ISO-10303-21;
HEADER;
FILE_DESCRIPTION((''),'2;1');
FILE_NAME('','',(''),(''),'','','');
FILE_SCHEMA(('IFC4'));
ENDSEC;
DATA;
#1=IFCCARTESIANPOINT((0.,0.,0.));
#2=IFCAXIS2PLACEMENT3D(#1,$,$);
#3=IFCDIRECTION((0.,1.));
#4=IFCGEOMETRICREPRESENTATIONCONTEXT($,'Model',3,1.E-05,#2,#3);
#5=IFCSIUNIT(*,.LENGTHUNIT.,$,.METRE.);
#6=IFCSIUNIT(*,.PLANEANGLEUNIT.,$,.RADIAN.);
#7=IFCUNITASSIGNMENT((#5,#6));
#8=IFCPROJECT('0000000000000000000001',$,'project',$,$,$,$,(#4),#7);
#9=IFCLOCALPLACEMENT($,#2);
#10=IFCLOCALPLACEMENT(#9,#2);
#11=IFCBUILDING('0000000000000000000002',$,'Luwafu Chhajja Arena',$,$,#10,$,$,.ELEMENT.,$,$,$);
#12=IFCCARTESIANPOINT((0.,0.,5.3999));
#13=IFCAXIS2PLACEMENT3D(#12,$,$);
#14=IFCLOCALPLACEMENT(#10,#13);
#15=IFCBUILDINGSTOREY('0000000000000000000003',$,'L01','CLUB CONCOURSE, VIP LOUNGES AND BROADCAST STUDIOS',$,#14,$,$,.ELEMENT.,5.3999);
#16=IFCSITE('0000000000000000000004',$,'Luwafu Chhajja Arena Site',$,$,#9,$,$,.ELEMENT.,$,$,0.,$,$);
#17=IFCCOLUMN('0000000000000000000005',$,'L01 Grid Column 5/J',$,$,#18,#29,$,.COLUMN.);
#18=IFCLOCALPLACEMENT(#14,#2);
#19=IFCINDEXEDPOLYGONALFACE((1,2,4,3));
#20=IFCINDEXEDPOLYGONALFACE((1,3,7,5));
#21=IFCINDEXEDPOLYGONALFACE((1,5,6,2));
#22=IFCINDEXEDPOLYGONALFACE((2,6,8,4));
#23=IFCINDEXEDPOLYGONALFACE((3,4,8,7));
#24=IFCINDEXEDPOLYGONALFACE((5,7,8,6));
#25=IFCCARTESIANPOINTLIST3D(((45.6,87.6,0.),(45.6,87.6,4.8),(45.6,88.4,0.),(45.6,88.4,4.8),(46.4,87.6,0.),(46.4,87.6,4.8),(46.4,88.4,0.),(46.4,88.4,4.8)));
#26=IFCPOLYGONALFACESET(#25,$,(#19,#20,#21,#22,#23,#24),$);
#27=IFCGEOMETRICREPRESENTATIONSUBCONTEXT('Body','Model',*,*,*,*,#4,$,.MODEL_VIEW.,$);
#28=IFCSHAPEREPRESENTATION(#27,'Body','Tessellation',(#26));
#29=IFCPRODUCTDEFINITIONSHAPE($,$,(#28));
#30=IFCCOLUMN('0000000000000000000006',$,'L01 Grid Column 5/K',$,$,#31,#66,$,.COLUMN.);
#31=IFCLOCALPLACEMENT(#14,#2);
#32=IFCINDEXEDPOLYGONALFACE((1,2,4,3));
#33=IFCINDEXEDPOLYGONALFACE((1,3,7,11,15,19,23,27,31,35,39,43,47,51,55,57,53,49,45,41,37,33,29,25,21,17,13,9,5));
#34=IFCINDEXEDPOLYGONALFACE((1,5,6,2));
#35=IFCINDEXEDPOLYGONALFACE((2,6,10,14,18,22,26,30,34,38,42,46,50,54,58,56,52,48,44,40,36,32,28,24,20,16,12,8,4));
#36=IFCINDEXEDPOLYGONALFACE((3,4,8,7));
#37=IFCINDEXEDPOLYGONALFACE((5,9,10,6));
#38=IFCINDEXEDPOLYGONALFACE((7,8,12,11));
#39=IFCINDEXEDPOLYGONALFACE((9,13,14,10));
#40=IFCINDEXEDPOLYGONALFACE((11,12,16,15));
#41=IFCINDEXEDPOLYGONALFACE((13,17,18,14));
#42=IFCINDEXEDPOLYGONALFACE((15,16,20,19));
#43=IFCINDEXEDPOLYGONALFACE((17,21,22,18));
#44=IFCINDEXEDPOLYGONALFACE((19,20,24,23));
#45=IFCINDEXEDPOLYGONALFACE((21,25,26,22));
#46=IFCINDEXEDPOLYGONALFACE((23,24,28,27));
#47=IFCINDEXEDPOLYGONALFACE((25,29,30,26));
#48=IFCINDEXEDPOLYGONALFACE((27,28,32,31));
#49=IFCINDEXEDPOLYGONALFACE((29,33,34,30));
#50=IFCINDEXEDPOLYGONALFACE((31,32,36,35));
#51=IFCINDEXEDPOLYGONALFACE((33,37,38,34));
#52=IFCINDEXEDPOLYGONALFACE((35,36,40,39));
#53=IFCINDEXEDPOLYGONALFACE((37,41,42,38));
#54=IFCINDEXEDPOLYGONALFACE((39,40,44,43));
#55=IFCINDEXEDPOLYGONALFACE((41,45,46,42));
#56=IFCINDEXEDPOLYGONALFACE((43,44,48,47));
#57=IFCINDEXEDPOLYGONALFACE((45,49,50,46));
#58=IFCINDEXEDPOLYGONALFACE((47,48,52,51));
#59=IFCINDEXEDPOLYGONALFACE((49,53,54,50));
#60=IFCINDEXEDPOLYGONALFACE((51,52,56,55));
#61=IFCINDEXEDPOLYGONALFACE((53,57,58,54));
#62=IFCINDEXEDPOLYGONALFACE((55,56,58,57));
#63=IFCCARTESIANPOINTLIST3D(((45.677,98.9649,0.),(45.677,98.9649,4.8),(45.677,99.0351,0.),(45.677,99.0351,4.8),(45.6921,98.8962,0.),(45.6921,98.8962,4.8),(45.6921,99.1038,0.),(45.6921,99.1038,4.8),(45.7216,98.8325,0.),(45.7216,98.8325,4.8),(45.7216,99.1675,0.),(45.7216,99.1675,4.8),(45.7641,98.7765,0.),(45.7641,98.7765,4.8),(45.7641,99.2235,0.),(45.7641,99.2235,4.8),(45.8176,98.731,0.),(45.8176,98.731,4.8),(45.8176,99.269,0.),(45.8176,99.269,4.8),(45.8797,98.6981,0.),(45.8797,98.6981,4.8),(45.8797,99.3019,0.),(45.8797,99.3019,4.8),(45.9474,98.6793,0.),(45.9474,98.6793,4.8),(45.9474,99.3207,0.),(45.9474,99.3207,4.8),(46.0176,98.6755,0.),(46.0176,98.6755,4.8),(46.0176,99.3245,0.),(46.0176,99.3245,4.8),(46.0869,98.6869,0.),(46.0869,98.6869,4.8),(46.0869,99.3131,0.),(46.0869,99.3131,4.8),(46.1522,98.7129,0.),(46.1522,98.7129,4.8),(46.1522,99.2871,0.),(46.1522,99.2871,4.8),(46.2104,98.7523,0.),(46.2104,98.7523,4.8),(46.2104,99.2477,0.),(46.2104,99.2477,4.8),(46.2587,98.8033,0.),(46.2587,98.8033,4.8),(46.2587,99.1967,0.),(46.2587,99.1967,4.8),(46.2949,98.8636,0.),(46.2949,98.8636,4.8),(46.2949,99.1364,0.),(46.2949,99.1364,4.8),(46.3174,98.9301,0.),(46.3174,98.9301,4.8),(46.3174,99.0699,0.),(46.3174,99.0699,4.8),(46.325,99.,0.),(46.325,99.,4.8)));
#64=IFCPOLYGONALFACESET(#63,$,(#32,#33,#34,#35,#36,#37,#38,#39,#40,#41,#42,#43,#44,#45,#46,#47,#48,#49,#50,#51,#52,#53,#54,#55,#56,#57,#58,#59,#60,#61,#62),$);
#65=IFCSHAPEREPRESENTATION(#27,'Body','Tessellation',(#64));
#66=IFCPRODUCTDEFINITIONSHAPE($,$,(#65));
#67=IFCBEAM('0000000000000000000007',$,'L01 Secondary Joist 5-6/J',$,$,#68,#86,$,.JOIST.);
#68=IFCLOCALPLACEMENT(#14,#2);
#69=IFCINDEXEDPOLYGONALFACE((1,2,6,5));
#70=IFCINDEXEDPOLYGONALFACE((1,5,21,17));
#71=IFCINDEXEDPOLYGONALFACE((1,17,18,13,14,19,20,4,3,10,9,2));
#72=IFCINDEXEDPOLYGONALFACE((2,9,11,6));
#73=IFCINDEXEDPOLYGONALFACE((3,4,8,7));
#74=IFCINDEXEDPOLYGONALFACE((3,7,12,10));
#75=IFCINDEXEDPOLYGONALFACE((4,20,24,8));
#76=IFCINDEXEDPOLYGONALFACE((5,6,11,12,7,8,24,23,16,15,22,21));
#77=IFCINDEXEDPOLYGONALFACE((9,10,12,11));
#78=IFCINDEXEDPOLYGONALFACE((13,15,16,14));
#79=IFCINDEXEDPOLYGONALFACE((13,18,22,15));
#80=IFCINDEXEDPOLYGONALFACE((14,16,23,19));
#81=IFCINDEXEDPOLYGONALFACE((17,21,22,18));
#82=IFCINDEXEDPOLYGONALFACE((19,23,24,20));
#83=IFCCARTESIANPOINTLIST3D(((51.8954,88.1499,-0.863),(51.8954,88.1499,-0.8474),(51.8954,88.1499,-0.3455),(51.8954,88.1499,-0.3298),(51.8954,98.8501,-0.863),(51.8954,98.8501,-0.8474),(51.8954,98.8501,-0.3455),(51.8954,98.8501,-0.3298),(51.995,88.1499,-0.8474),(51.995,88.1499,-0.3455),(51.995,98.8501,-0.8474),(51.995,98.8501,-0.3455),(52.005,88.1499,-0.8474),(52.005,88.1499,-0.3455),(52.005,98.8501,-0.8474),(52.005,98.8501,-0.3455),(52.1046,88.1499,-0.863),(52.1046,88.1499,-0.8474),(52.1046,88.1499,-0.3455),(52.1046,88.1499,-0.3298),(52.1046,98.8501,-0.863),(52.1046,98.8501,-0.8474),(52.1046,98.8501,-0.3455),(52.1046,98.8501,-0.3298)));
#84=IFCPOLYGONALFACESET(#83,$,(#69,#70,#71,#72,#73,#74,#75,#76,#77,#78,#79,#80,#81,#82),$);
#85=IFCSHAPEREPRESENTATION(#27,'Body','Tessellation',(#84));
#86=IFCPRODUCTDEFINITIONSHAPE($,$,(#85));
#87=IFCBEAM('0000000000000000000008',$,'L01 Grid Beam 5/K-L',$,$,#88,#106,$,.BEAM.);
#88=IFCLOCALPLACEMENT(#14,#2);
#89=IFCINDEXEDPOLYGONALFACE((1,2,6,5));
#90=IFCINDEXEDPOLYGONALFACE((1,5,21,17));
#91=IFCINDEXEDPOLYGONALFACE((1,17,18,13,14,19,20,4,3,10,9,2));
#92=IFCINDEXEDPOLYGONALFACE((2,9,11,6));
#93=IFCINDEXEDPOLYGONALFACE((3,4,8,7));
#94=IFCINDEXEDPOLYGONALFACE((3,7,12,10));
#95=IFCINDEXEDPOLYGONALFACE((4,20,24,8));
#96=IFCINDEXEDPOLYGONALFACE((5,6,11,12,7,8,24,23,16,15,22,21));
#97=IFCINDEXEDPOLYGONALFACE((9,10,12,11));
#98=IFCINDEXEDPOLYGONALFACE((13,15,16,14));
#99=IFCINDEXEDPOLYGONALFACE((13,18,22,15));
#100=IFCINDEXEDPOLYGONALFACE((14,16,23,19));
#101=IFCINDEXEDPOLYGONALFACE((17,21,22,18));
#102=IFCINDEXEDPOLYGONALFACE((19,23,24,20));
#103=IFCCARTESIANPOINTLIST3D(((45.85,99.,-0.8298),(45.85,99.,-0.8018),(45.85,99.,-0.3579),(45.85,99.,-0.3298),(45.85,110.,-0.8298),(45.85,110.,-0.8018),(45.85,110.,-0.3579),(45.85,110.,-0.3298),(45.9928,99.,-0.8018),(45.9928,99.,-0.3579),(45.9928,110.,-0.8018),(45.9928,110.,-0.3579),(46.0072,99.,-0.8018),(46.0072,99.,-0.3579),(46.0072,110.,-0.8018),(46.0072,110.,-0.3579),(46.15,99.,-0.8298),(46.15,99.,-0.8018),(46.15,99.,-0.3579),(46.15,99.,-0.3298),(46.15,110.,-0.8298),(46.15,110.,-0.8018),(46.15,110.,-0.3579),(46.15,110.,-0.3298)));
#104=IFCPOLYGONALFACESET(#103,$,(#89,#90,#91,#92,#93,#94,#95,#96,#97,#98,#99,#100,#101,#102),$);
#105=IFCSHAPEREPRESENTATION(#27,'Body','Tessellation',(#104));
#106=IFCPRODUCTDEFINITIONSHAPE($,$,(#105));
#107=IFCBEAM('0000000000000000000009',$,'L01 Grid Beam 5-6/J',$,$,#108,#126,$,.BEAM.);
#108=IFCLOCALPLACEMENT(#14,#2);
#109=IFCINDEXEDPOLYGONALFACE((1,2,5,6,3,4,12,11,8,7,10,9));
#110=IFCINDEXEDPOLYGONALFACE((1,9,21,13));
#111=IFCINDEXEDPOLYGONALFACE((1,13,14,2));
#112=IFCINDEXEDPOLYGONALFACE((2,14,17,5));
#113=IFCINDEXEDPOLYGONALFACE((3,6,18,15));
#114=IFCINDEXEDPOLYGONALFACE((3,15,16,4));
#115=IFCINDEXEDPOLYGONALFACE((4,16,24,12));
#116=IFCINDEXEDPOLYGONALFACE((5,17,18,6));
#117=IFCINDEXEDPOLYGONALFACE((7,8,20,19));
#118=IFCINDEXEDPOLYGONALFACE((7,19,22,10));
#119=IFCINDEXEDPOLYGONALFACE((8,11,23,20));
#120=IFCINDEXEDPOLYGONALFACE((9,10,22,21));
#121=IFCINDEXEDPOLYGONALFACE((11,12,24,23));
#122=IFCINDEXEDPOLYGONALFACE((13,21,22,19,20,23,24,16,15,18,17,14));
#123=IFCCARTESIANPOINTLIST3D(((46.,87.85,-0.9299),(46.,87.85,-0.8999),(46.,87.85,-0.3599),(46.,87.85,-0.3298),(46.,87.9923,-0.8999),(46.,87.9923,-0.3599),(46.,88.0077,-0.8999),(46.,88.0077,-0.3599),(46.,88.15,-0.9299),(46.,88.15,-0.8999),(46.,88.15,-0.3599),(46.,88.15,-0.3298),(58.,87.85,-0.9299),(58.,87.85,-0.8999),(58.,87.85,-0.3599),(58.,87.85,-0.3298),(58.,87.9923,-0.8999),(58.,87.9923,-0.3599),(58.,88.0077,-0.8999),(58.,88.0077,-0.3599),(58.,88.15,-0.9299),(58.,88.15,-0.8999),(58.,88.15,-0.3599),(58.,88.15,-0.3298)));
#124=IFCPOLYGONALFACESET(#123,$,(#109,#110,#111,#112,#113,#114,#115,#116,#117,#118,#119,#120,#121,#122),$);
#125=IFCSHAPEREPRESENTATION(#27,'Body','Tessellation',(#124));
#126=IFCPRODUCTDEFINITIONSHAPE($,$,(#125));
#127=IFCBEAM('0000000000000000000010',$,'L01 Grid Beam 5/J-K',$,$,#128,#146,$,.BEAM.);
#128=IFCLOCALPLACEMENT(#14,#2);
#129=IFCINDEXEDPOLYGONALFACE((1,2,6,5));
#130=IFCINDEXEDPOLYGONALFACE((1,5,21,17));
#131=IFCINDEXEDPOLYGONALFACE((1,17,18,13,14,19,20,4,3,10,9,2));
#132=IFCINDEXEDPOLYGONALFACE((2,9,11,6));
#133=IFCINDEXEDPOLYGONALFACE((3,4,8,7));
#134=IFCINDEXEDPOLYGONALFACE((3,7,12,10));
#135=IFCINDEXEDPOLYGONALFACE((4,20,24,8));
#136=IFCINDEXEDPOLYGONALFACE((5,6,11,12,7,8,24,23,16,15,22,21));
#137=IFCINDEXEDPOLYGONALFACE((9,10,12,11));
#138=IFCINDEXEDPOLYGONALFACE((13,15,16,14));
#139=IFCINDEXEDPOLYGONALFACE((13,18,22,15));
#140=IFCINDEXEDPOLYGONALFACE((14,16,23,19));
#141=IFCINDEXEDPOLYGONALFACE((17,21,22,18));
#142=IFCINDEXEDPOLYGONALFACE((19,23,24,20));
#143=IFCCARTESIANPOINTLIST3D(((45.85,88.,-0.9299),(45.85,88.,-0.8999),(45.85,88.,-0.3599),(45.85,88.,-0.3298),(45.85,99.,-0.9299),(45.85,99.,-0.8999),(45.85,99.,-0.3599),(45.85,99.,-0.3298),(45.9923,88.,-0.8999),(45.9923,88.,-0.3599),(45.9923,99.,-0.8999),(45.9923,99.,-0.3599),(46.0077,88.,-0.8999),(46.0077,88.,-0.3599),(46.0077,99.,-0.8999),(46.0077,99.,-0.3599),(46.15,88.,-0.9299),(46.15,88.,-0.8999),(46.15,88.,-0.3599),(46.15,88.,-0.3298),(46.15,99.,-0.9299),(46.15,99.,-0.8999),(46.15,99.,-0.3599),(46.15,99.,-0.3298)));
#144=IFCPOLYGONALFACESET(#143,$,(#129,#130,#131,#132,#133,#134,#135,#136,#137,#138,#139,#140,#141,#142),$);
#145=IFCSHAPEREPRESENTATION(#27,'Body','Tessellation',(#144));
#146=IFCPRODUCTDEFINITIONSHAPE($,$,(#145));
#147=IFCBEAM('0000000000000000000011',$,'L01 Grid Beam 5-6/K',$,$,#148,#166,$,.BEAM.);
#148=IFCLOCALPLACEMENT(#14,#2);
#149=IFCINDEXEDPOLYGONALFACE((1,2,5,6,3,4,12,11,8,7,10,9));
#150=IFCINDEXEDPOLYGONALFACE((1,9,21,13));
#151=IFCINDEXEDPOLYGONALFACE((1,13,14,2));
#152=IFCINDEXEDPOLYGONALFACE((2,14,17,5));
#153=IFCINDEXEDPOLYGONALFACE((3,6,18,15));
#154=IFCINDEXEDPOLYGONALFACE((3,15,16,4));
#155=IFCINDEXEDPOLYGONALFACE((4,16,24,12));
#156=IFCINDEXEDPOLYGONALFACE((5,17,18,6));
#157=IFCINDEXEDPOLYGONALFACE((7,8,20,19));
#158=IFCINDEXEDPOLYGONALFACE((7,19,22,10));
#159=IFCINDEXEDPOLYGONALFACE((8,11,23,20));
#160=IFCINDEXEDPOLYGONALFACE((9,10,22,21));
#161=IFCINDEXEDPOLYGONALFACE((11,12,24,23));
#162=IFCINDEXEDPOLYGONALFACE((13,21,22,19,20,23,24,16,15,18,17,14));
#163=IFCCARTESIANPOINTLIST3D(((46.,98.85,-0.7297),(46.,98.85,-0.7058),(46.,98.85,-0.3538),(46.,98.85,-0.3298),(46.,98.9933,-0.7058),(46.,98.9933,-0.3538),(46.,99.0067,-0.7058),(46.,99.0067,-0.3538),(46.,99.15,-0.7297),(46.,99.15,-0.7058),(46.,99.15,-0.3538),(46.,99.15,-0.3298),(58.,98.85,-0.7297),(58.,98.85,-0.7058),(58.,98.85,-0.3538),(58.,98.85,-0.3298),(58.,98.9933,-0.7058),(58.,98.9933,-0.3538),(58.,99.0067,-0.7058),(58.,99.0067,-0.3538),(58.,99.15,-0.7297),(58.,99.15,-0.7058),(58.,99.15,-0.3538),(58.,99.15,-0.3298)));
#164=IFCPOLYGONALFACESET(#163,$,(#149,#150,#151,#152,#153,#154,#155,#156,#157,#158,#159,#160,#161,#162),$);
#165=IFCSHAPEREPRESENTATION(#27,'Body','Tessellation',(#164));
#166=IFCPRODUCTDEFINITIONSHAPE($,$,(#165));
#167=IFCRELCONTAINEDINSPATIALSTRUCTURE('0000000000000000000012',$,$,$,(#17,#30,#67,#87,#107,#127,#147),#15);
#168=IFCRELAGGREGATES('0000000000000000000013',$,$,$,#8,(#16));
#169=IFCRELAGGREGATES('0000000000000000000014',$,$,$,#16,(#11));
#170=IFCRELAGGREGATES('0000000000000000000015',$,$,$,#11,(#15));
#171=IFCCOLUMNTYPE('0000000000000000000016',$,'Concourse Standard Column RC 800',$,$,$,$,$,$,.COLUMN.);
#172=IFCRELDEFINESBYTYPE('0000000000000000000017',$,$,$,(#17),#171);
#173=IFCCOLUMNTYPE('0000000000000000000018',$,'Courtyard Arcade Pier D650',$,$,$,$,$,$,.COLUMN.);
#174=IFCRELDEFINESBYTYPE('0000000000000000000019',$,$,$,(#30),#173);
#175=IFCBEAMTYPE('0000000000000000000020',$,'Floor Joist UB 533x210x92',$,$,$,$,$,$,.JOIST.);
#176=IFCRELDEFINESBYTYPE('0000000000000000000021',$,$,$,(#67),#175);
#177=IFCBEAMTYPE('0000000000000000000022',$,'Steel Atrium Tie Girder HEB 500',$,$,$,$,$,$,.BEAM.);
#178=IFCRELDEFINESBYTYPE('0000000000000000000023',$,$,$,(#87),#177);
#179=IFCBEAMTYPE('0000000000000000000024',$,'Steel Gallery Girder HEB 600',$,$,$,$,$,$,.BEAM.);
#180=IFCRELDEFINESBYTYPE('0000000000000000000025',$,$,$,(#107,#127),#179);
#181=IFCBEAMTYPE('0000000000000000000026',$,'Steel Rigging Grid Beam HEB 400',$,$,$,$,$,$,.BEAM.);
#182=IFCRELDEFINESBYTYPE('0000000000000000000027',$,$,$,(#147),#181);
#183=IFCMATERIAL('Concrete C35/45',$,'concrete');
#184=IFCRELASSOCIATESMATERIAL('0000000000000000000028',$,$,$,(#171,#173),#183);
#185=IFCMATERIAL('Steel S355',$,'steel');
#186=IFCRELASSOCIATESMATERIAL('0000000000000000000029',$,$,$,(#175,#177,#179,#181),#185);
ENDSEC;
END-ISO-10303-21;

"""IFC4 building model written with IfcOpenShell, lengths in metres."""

from ifc_helpers import new_model, si_unit, direction, frame, origin, origin_2d, place, context, subcontext, project, spatial, rectangle, circle, i_section, extrude, material, material_profile, profile_set, type_object, element, save


model = new_model("IFC4")

# Units and contexts
model_context = context("Model", 3, precision=1e-05, world=origin(), true_north=direction((0.0, 1.0)))
body_context = subcontext(model_context, "Body", "Model", "MODEL_VIEW")
ifc_project = project(units=[si_unit("LENGTHUNIT", "METRE"), si_unit("PLANEANGLEUNIT", "RADIAN")], contexts=[model_context])

# Site, building, storey
site_placement = place(None, origin())
site = spatial("IfcSite", under=ifc_project, at=site_placement, Name="Luwafu Chhajja Arena Site", CompositionType="ELEMENT", RefElevation=0.0)
building_placement = place(site_placement, origin())
building = spatial("IfcBuilding", under=site, at=building_placement, Name="Luwafu Chhajja Arena", CompositionType="ELEMENT")
storey_placement = place(building_placement, frame((0.0, 0.0, 5.3999)))
storey = spatial("IfcBuildingStorey", under=building, at=storey_placement, Name="L01", Description="CLUB CONCOURSE, VIP LOUNGES AND BROADCAST STUDIOS", CompositionType="ELEMENT", Elevation=5.3999)

# Columns
ifc_material_1 = material(Name="Concrete C35/45", Category="concrete")
ifc_material_profile_1 = material_profile(ifc_material_1, rectangle(XDim=0.8, YDim=0.8, at=origin_2d()), Name="RC 800x800")
ifc_profile_set_1 = profile_set([ifc_material_profile_1], Name="Concrete C35/45")
column_type_1 = type_object("IfcColumnType", Name="Concourse Standard Column RC 800", PredefinedType="COLUMN", material=ifc_profile_set_1)
column_1_placement = place(storey_placement, frame((46.0, 88.0, 0.0), z_axis=(0.0, 0.0, 1.0), x_axis=(1.0, 0.0, 0.0)))
element("IfcColumn", 1, at=column_1_placement, inside=storey, type_object=column_type_1, Name="L01 Grid Column 5/J", PredefinedType="COLUMN", context=body_context, shape_type="SweptSolid", body=[
    extrude(rectangle(XDim=0.8, YDim=0.8, at=origin_2d()), origin(), (0.0, 0.0, 1.0), 4.8),
])
ifc_material_profile_2 = material_profile(ifc_material_1, circle(Radius=0.325, at=origin_2d()), Name="RC COL D650")
ifc_profile_set_2 = profile_set([ifc_material_profile_2], Name="Concrete C35/45")
column_type_2 = type_object("IfcColumnType", Name="Courtyard Arcade Pier D650", PredefinedType="COLUMN", material=ifc_profile_set_2)
column_2_placement = place(storey_placement, frame((46.0, 99.0, 0.0), z_axis=(0.0, 0.0, 1.0), x_axis=(1.0, 0.0, 0.0)))
element("IfcColumn", 2, at=column_2_placement, inside=storey, type_object=column_type_2, Name="L01 Grid Column 5/K", PredefinedType="COLUMN", context=body_context, shape_type="SweptSolid", body=[
    extrude(circle(Radius=0.325, at=origin_2d()), origin(), (0.0, 0.0, 1.0), 4.8),
])

# Beams
ifc_material_2 = material(Name="Steel S355", Category="steel")
ifc_material_profile_3 = material_profile(ifc_material_2, i_section(OverallWidth=0.2092, OverallDepth=0.5332, WebThickness=0.01, FlangeThickness=0.0156, at=origin_2d()), Name="UB 533x210x92")
ifc_profile_set_3 = profile_set([ifc_material_profile_3], Name="Steel S355")
beam_type_1 = type_object("IfcBeamType", Name="Floor Joist UB 533x210x92", PredefinedType="JOIST", material=ifc_profile_set_3)
beam_1_placement = place(storey_placement, frame((52.0, 88.1499, -0.5964), z_axis=(0.0, 1.0, 0.0), x_axis=(-1.0, 0.0, 0.0)))
element("IfcBeam", 3, at=beam_1_placement, inside=storey, type_object=beam_type_1, Name="L01 Secondary Joist 5-6/J", PredefinedType="JOIST", context=body_context, shape_type="SweptSolid", body=[
    extrude(i_section(OverallWidth=0.2092, OverallDepth=0.5332, WebThickness=0.01, FlangeThickness=0.0156, at=origin_2d()), origin(), (0.0, 0.0, 1.0), 10.7002),
])
ifc_material_profile_4 = material_profile(ifc_material_2, i_section(OverallWidth=0.3, OverallDepth=0.5, WebThickness=0.0144, FlangeThickness=0.0281, at=origin_2d()), Name="HEB 500")
ifc_profile_set_4 = profile_set([ifc_material_profile_4], Name="Steel S355")
beam_type_2 = type_object("IfcBeamType", Name="Steel Atrium Tie Girder HEB 500", PredefinedType="BEAM", material=ifc_profile_set_4)
beam_2_placement = place(storey_placement, frame((46.0, 99.0, -0.5798), z_axis=(0.0, 1.0, 0.0), x_axis=(-1.0, 0.0, 0.0)))
element("IfcBeam", 4, at=beam_2_placement, inside=storey, type_object=beam_type_2, Name="L01 Grid Beam 5/K-L", PredefinedType="BEAM", context=body_context, shape_type="SweptSolid", body=[
    extrude(i_section(OverallWidth=0.3, OverallDepth=0.5, WebThickness=0.0144, FlangeThickness=0.0281, at=origin_2d()), origin(), (0.0, 0.0, 1.0), 11.0),
])
ifc_material_profile_5 = material_profile(ifc_material_2, i_section(OverallWidth=0.3, OverallDepth=0.6001, WebThickness=0.0154, FlangeThickness=0.03, at=origin_2d()), Name="HEB 600")
ifc_profile_set_5 = profile_set([ifc_material_profile_5], Name="Steel S355")
beam_type_3 = type_object("IfcBeamType", Name="Steel Gallery Girder HEB 600", PredefinedType="BEAM", material=ifc_profile_set_5)
beam_3_placement = place(storey_placement, frame((46.0, 88.0, -0.6299), z_axis=(1.0, 0.0, 0.0), x_axis=(0.0, 1.0, 0.0)))
element("IfcBeam", 5, at=beam_3_placement, inside=storey, type_object=beam_type_3, Name="L01 Grid Beam 5-6/J", PredefinedType="BEAM", context=body_context, shape_type="SweptSolid", body=[
    extrude(i_section(OverallWidth=0.3, OverallDepth=0.6001, WebThickness=0.0154, FlangeThickness=0.03, at=origin_2d()), origin(), (0.0, 0.0, 1.0), 12.0),
])
beam_4_placement = place(storey_placement, frame((46.0, 88.0, -0.6299), z_axis=(0.0, 1.0, 0.0), x_axis=(-1.0, 0.0, 0.0)))
element("IfcBeam", 6, at=beam_4_placement, inside=storey, type_object=beam_type_3, Name="L01 Grid Beam 5/J-K", PredefinedType="BEAM", context=body_context, shape_type="SweptSolid", body=[
    extrude(i_section(OverallWidth=0.3, OverallDepth=0.6001, WebThickness=0.0154, FlangeThickness=0.03, at=origin_2d()), origin(), (0.0, 0.0, 1.0), 11.0),
])
ifc_material_profile_6 = material_profile(ifc_material_2, i_section(OverallWidth=0.3, OverallDepth=0.3999, WebThickness=0.0134, FlangeThickness=0.0239, at=origin_2d()), Name="HEB 400")
ifc_profile_set_6 = profile_set([ifc_material_profile_6], Name="Steel S355")
beam_type_4 = type_object("IfcBeamType", Name="Steel Rigging Grid Beam HEB 400", PredefinedType="BEAM", material=ifc_profile_set_6)
beam_5_placement = place(storey_placement, frame((46.0, 99.0, -0.5298), z_axis=(1.0, 0.0, 0.0), x_axis=(0.0, 1.0, 0.0)))
element("IfcBeam", 7, at=beam_5_placement, inside=storey, type_object=beam_type_4, Name="L01 Grid Beam 5-6/K", PredefinedType="BEAM", context=body_context, shape_type="SweptSolid", body=[
    extrude(i_section(OverallWidth=0.3, OverallDepth=0.3999, WebThickness=0.0134, FlangeThickness=0.0239, at=origin_2d()), origin(), (0.0, 0.0, 1.0), 12.0),
])

save(model, "model.ifc")
